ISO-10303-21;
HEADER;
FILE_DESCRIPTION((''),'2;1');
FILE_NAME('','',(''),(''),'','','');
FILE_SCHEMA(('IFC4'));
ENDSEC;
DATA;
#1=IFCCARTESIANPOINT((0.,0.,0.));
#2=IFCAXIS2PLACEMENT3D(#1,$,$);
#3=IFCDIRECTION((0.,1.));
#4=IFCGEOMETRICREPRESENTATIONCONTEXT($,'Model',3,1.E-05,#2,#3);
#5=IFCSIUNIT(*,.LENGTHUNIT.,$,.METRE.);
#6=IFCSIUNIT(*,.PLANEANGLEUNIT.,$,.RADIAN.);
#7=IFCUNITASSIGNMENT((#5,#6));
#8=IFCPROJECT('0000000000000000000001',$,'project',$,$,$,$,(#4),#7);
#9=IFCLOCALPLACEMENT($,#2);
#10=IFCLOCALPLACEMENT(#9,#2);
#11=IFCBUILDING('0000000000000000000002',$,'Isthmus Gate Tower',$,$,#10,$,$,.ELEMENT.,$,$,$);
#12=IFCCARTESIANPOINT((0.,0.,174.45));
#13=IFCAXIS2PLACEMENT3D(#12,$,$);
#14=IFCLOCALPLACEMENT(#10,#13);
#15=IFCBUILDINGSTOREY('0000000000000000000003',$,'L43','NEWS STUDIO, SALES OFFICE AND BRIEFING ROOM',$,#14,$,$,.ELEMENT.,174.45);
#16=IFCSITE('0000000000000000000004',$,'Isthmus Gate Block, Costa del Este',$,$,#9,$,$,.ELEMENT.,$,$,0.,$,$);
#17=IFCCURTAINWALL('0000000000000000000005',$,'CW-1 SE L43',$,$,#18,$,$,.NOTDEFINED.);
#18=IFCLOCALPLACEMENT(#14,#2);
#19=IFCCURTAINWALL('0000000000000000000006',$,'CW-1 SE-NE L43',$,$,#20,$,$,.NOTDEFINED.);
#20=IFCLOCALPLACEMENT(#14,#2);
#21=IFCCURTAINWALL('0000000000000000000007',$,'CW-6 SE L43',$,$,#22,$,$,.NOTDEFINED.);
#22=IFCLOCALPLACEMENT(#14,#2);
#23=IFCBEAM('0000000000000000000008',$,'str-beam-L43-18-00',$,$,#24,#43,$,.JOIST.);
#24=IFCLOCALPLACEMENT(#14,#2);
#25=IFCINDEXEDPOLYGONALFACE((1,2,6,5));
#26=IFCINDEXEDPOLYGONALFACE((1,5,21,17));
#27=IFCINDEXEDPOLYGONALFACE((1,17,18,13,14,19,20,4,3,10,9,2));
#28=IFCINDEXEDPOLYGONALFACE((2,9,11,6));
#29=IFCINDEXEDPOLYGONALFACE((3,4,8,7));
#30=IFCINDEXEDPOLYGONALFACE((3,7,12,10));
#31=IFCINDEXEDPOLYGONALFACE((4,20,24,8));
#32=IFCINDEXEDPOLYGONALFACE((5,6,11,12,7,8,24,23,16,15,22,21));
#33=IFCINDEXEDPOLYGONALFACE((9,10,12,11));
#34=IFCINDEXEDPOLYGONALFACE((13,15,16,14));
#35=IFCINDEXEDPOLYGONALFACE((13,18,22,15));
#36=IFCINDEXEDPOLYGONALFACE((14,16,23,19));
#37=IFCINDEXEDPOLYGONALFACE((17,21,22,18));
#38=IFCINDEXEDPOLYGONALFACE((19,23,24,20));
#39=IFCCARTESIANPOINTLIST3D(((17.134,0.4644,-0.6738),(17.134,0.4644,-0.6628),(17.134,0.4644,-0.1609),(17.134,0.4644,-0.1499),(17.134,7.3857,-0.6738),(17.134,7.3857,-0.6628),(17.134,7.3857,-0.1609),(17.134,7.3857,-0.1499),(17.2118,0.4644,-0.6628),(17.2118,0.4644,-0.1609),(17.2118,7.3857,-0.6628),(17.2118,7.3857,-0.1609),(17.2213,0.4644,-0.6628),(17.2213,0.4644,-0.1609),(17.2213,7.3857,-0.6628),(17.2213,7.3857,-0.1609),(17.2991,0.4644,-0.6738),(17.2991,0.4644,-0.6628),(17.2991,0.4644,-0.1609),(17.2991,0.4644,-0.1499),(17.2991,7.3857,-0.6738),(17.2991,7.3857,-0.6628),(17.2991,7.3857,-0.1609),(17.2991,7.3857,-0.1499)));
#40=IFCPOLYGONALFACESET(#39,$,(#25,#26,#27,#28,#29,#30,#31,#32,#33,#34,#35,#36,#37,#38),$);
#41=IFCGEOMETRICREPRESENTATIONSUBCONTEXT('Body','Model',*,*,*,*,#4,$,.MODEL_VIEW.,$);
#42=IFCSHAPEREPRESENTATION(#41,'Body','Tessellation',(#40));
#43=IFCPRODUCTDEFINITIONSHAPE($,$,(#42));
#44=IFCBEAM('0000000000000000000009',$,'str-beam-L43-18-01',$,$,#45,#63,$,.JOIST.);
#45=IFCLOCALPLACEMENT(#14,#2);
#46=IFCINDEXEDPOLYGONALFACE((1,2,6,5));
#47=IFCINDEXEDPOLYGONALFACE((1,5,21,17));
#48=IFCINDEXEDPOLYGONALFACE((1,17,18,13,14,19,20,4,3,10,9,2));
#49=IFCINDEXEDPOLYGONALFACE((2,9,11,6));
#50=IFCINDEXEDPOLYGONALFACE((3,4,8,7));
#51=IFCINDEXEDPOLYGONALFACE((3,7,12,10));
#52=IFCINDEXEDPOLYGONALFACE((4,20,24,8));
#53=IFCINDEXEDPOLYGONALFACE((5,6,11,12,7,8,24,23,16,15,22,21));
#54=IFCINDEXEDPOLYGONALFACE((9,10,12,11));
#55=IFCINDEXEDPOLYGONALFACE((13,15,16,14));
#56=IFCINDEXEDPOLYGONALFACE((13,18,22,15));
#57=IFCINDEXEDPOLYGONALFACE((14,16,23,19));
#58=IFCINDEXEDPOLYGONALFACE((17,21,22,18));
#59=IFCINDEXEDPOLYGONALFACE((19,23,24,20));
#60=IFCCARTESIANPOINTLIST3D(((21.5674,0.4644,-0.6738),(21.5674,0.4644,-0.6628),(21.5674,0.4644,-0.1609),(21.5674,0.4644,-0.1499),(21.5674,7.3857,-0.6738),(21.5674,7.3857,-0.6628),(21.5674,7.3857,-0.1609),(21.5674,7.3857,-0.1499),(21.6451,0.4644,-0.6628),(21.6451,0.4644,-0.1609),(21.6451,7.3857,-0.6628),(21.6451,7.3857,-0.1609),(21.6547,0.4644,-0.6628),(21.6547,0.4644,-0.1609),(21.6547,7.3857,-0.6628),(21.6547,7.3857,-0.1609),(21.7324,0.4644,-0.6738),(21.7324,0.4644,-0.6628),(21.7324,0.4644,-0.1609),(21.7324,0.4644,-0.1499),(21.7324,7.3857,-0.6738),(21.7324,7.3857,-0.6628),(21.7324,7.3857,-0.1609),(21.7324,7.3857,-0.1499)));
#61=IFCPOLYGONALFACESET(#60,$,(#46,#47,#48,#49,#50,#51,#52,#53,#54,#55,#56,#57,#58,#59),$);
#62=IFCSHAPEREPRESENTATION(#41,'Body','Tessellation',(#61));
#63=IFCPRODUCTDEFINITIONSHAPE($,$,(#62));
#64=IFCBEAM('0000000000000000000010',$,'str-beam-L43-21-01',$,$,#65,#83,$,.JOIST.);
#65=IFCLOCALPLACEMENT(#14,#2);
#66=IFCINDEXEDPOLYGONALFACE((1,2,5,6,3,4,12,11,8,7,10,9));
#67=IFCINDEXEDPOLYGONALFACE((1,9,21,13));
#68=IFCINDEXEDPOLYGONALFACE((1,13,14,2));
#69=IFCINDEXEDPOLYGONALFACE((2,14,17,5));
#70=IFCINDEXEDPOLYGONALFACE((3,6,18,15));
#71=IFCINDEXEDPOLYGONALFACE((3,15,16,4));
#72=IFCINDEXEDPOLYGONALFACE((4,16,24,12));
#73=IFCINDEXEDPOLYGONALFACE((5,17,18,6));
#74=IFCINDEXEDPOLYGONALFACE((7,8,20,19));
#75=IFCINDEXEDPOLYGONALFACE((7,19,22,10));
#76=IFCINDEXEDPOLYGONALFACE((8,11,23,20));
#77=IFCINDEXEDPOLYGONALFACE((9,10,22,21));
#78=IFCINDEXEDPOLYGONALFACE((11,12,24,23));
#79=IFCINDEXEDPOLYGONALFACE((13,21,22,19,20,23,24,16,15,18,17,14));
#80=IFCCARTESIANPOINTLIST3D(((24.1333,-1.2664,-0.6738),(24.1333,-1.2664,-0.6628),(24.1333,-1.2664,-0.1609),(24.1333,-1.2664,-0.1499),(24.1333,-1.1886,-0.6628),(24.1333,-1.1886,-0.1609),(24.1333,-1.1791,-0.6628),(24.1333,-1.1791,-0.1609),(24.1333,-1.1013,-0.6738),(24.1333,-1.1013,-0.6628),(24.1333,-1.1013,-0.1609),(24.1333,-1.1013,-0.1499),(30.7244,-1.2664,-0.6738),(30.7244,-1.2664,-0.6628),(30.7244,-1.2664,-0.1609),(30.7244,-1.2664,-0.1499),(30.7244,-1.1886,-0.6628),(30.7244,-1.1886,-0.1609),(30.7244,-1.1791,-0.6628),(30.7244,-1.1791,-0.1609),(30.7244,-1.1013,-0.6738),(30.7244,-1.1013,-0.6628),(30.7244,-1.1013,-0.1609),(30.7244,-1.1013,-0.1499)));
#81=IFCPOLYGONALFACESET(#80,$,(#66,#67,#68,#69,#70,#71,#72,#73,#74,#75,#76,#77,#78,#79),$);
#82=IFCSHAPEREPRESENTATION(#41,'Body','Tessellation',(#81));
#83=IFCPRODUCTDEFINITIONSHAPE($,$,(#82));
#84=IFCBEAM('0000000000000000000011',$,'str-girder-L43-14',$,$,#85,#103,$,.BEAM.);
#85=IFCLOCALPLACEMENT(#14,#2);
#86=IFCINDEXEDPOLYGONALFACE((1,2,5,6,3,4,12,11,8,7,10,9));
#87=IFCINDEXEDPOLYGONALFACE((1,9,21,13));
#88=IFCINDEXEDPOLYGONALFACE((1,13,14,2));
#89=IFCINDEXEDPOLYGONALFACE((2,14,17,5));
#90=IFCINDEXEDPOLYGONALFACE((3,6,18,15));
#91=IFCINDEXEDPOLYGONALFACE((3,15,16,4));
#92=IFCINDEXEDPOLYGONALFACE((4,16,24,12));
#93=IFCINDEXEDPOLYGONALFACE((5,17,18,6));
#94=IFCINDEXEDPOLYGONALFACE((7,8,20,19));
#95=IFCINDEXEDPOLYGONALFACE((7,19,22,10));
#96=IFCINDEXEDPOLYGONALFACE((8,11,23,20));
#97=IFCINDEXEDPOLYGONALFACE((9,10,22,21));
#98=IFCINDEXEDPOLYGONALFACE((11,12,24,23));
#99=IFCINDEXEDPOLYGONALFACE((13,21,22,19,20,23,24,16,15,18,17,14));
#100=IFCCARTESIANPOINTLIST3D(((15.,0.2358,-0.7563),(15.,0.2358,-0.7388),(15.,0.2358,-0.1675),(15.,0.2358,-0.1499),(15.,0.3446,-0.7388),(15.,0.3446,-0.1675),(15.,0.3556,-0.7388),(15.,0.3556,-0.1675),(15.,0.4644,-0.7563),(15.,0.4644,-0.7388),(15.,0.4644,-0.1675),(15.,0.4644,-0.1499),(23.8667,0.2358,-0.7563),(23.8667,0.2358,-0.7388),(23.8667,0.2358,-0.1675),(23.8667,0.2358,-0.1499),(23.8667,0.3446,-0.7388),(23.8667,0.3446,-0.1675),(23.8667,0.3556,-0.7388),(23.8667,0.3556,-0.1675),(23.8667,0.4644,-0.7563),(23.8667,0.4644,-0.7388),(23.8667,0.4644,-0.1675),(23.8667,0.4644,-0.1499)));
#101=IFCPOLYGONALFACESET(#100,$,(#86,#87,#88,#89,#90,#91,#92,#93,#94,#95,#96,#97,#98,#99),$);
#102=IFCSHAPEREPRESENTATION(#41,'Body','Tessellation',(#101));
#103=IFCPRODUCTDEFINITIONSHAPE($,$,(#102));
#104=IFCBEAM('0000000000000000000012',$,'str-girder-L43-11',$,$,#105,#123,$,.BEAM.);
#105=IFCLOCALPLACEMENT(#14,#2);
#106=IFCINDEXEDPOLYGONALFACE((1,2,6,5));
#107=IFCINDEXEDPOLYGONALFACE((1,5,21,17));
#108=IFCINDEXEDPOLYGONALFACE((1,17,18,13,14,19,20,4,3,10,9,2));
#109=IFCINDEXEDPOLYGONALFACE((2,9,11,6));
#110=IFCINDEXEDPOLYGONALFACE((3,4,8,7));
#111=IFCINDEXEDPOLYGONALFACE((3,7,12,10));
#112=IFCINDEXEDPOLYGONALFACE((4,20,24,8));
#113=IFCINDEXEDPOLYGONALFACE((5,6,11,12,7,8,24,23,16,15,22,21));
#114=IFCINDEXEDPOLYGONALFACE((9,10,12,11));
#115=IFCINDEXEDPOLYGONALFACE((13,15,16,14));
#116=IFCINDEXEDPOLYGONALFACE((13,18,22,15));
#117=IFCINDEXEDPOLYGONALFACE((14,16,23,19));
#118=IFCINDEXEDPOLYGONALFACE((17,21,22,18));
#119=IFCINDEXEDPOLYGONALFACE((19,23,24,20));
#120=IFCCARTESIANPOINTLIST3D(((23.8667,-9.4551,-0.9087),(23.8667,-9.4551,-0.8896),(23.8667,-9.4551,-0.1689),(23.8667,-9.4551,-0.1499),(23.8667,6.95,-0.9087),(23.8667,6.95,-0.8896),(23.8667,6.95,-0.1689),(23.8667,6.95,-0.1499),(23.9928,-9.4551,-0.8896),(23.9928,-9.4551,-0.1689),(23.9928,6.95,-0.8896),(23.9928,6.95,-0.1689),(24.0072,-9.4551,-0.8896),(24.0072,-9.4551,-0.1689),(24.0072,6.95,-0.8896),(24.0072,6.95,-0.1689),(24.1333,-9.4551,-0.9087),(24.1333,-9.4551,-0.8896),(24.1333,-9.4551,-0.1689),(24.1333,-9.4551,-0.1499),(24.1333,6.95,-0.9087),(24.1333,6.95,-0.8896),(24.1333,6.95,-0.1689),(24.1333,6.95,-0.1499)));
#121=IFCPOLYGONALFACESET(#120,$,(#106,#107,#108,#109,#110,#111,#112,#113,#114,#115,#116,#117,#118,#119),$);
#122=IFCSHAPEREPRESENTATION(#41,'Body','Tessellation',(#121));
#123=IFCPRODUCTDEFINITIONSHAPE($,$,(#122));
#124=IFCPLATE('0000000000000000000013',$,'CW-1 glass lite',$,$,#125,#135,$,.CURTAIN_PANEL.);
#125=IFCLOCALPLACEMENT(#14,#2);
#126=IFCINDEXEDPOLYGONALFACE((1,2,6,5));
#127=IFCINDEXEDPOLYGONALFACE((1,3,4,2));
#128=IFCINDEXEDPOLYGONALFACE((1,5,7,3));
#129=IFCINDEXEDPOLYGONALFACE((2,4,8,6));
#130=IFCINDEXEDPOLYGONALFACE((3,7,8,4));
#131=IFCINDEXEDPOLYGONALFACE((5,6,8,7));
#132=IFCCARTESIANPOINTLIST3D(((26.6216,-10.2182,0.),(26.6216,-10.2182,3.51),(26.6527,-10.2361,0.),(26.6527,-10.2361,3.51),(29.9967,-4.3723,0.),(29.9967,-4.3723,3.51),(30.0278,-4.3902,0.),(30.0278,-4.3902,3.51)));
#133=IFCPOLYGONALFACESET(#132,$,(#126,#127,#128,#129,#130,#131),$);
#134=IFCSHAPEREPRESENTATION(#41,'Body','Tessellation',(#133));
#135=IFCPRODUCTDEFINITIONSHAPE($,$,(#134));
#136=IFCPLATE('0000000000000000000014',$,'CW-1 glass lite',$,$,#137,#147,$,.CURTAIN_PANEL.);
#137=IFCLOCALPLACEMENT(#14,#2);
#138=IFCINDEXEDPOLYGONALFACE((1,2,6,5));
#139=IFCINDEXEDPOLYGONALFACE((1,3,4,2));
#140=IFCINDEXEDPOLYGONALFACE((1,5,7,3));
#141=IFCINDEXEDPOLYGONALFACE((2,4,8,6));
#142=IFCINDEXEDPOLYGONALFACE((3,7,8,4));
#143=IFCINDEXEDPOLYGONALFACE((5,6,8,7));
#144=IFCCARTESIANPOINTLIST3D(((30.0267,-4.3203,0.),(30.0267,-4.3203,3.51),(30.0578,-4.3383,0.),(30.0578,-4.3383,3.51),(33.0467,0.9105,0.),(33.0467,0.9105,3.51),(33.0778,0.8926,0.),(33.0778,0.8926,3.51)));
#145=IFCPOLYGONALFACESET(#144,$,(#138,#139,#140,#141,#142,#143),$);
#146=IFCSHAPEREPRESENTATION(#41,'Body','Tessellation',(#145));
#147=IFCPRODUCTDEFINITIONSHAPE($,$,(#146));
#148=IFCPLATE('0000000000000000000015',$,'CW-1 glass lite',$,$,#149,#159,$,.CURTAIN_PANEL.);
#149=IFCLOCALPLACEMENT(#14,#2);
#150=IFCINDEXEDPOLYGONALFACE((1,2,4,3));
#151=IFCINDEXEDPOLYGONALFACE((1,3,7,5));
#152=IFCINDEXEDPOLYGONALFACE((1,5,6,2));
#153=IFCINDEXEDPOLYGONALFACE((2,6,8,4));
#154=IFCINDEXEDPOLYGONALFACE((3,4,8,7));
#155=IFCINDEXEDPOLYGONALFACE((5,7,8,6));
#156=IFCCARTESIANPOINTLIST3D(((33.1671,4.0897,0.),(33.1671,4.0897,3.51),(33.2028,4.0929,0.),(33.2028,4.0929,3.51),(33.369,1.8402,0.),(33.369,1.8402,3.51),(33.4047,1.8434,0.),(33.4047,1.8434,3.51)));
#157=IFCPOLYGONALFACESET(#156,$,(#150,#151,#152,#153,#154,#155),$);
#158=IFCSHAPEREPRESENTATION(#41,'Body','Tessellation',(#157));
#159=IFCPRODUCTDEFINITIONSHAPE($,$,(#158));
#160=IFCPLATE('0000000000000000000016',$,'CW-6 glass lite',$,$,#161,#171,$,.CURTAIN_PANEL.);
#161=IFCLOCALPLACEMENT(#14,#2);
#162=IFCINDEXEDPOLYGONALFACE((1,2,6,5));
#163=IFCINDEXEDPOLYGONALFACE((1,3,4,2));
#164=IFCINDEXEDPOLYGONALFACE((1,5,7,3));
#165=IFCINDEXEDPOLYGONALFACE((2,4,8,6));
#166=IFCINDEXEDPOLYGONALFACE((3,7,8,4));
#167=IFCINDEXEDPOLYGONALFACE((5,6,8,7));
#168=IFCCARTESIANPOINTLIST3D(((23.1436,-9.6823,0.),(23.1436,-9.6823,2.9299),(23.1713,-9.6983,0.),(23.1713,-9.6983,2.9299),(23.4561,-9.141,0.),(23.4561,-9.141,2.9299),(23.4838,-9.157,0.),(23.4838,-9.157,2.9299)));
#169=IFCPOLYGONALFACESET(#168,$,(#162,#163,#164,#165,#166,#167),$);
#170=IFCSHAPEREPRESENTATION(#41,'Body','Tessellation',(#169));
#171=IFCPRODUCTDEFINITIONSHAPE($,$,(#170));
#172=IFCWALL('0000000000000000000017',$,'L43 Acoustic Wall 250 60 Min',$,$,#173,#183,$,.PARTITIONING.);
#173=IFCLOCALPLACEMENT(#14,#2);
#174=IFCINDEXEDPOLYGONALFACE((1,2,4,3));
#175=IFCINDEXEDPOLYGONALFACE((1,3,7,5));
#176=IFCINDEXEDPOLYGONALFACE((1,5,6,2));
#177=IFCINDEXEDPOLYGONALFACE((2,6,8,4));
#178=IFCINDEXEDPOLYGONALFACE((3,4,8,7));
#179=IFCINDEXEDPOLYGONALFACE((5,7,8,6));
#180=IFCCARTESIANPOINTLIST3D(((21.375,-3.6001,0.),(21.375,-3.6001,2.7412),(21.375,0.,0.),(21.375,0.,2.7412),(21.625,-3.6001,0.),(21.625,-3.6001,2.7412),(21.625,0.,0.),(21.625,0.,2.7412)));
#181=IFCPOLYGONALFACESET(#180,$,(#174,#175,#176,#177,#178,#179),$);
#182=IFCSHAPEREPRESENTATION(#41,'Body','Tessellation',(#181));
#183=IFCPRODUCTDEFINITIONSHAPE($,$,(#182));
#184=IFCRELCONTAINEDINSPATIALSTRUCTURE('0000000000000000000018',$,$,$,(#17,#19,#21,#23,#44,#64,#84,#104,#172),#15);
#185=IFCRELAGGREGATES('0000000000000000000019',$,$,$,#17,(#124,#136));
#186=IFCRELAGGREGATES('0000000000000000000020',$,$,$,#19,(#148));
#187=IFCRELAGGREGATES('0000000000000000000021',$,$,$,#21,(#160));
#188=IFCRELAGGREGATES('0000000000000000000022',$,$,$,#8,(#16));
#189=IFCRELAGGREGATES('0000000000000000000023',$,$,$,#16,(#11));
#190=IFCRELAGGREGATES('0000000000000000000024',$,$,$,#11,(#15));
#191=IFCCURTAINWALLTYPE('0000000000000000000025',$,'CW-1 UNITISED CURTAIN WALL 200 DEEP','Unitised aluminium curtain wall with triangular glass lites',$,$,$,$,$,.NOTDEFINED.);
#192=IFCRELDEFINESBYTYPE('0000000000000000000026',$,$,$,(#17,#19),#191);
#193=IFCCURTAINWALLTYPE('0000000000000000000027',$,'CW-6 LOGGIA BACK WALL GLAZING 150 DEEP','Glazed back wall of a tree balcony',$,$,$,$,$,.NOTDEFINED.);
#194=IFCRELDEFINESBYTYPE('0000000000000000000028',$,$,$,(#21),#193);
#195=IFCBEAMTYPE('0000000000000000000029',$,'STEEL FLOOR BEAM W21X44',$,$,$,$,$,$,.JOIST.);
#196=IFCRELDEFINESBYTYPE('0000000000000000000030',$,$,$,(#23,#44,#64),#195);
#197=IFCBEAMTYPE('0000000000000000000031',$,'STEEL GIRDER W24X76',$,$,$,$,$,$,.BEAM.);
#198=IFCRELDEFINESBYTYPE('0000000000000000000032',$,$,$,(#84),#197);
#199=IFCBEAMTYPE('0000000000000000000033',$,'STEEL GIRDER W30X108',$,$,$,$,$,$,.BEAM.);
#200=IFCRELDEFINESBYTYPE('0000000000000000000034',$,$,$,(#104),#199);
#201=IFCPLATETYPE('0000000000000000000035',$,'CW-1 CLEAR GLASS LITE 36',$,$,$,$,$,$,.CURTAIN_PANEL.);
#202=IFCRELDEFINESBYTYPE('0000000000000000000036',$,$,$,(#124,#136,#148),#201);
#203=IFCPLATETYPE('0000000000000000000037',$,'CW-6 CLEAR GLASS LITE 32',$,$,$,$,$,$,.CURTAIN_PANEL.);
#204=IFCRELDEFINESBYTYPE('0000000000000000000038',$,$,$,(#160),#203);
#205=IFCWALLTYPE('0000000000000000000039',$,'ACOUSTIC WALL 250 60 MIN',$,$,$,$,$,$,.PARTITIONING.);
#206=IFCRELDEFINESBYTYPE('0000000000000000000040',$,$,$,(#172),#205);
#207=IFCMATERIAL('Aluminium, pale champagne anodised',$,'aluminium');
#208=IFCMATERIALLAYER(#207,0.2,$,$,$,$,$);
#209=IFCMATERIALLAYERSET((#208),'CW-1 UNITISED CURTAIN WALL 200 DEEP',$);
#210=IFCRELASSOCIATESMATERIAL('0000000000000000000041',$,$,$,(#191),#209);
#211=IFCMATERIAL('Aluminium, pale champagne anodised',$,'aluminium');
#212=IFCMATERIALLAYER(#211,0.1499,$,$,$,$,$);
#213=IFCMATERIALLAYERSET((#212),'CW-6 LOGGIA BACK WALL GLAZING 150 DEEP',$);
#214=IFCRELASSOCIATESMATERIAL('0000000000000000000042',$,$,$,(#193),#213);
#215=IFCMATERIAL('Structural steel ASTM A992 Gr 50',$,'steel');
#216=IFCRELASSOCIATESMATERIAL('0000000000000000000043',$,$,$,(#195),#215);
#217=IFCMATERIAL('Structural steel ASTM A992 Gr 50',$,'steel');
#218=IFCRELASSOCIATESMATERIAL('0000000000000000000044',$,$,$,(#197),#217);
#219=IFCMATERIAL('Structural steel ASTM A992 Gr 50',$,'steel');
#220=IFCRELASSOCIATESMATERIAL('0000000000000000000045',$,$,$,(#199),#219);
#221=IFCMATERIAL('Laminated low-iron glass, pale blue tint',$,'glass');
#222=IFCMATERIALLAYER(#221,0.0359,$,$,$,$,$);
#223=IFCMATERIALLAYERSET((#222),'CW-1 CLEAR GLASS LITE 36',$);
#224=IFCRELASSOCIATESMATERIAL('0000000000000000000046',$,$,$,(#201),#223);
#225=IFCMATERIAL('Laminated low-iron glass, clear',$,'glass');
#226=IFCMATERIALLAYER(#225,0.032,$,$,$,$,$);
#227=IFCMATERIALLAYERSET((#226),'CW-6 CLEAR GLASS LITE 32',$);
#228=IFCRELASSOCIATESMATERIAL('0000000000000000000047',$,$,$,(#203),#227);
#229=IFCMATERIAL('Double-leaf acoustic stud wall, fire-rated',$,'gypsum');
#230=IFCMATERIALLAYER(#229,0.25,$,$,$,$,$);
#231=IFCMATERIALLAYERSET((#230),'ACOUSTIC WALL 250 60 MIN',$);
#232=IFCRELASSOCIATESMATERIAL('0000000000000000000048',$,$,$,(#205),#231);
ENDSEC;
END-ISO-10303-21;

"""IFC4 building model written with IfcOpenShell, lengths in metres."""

from ifc_helpers import new_model, si_unit, direction, frame, frame_2d, origin, origin_2d, place, context, subcontext, project, spatial, rectangle, i_section, extrude, material, layer, layer_set, material_profile, profile_set, type_object, element, aggregate, save


model = new_model("IFC4")

# Units and contexts
model_context = context("Model", 3, precision=1e-05, world=origin(), true_north=direction((0.0, 1.0)))
body_context = subcontext(model_context, "Body", "Model", "MODEL_VIEW")
ifc_project = project(units=[si_unit("LENGTHUNIT", "METRE"), si_unit("PLANEANGLEUNIT", "RADIAN")], contexts=[model_context])

# Site, building, storey
site_placement = place(None, origin())
site = spatial("IfcSite", under=ifc_project, at=site_placement, Name="Isthmus Gate Block, Costa del Este", CompositionType="ELEMENT", RefElevation=0.0)
building_placement = place(site_placement, origin())
building = spatial("IfcBuilding", under=site, at=building_placement, Name="Isthmus Gate Tower", CompositionType="ELEMENT")
storey_placement = place(building_placement, frame((0.0, 0.0, 174.45)))
storey = spatial("IfcBuildingStorey", under=building, at=storey_placement, Name="L43", Description="NEWS STUDIO, SALES OFFICE AND BRIEFING ROOM", CompositionType="ELEMENT", Elevation=174.45)

# Curtain walls
ifc_material_1 = material(Name="Aluminium, pale champagne anodised", Category="aluminium")
ifc_layer_1 = layer(ifc_material_1, 0.2)
ifc_layer_set_1 = layer_set([ifc_layer_1], Name="CW-1 UNITISED CURTAIN WALL 200 DEEP")
curtain_wall_type_1 = type_object("IfcCurtainWallType", Name="CW-1 UNITISED CURTAIN WALL 200 DEEP", Description="Unitised aluminium curtain wall with triangular glass lites", PredefinedType="NOTDEFINED", material=ifc_layer_set_1)
curtain_wall_1_placement = place(storey_placement, origin())
curtain_wall_1 = element("IfcCurtainWall", 1, at=curtain_wall_1_placement, inside=storey, type_object=curtain_wall_type_1, Name="CW-1 SE L43", PredefinedType="NOTDEFINED")
curtain_wall_2_placement = place(storey_placement, origin())
curtain_wall_2 = element("IfcCurtainWall", 2, at=curtain_wall_2_placement, inside=storey, type_object=curtain_wall_type_1, Name="CW-1 SE-NE L43", PredefinedType="NOTDEFINED")

# Curtain wall
ifc_material_2 = material(Name="Aluminium, pale champagne anodised", Category="aluminium")
ifc_layer_2 = layer(ifc_material_2, 0.1499)
ifc_layer_set_2 = layer_set([ifc_layer_2], Name="CW-6 LOGGIA BACK WALL GLAZING 150 DEEP")
curtain_wall_type_2 = type_object("IfcCurtainWallType", Name="CW-6 LOGGIA BACK WALL GLAZING 150 DEEP", Description="Glazed back wall of a tree balcony", PredefinedType="NOTDEFINED", material=ifc_layer_set_2)
curtain_wall_3_placement = place(storey_placement, origin())
curtain_wall_3 = element("IfcCurtainWall", 3, at=curtain_wall_3_placement, inside=storey, type_object=curtain_wall_type_2, Name="CW-6 SE L43", PredefinedType="NOTDEFINED")

# Beams
ifc_material_3 = material(Name="Structural steel ASTM A992 Gr 50", Category="steel")
ifc_material_profile_1 = material_profile(ifc_material_3, i_section(OverallWidth=0.165, OverallDepth=0.5239, WebThickness=0.0095, FlangeThickness=0.011, at=origin_2d()), Name="W21X44")
ifc_profile_set_1 = profile_set([ifc_material_profile_1], Name="Structural steel ASTM A992 Gr 50")
beam_type_1 = type_object("IfcBeamType", Name="STEEL FLOOR BEAM W21X44", PredefinedType="JOIST", material=ifc_profile_set_1)
for number, where, z_axis, x_axis, name in (
    (4, (17.2166, 0.4644, -0.4119), (0.0, 1.0, 0.0), (-1.0, 0.0, 0.0), "str-beam-L43-18-00"),
    (5, (21.6499, 0.4644, -0.4119), (0.0, 1.0, 0.0), (-1.0, 0.0, 0.0), "str-beam-L43-18-01"),
):
    element("IfcBeam", number, at=place(storey_placement, frame(where, z_axis=z_axis, x_axis=x_axis)), inside=storey, type_object=beam_type_1, Name=name, PredefinedType="JOIST", context=body_context, shape_type="SweptSolid", body=[
        extrude(i_section(OverallWidth=0.165, OverallDepth=0.5239, WebThickness=0.0095, FlangeThickness=0.011, at=origin_2d()), origin(), (0.0, 0.0, 1.0), 6.9214),
    ])
beam_1_placement = place(storey_placement, frame((24.1333, -1.1838, -0.4119), z_axis=(1.0, 0.0, 0.0), x_axis=(0.0, 1.0, 0.0)))
element("IfcBeam", 6, at=beam_1_placement, inside=storey, type_object=beam_type_1, Name="str-beam-L43-21-01", PredefinedType="JOIST", context=body_context, shape_type="SweptSolid", body=[
    extrude(i_section(OverallWidth=0.165, OverallDepth=0.5239, WebThickness=0.0095, FlangeThickness=0.011, at=origin_2d()), origin(), (0.0, 0.0, 1.0), 6.5911),
])
ifc_material_4 = material(Name="Structural steel ASTM A992 Gr 50", Category="steel")
ifc_material_profile_2 = material_profile(ifc_material_4, i_section(OverallWidth=0.2285, OverallDepth=0.6064, WebThickness=0.011, FlangeThickness=0.0176, at=origin_2d()), Name="W24X76")
ifc_profile_set_2 = profile_set([ifc_material_profile_2], Name="Structural steel ASTM A992 Gr 50")
beam_type_2 = type_object("IfcBeamType", Name="STEEL GIRDER W24X76", PredefinedType="BEAM", material=ifc_profile_set_2)
beam_2_placement = place(storey_placement, frame((15.0, 0.3501, -0.4531), z_axis=(1.0, 0.0, 0.0), x_axis=(0.0, 1.0, 0.0)))
element("IfcBeam", 7, at=beam_2_placement, inside=storey, type_object=beam_type_2, Name="str-girder-L43-14", PredefinedType="BEAM", context=body_context, shape_type="SweptSolid", body=[
    extrude(i_section(OverallWidth=0.2285, OverallDepth=0.6064, WebThickness=0.011, FlangeThickness=0.0176, at=origin_2d()), origin(), (0.0, 0.0, 1.0), 8.8667),
])
ifc_material_5 = material(Name="Structural steel ASTM A992 Gr 50", Category="steel")
ifc_material_profile_3 = material_profile(ifc_material_5, i_section(OverallWidth=0.2666, OverallDepth=0.7588, WebThickness=0.0144, FlangeThickness=0.019, at=origin_2d()), Name="W30X108")
ifc_profile_set_3 = profile_set([ifc_material_profile_3], Name="Structural steel ASTM A992 Gr 50")
beam_type_3 = type_object("IfcBeamType", Name="STEEL GIRDER W30X108", PredefinedType="BEAM", material=ifc_profile_set_3)
beam_3_placement = place(storey_placement, frame((24.0, -9.4551, -0.5293), z_axis=(0.0, 1.0, 0.0), x_axis=(-1.0, 0.0, 0.0)))
element("IfcBeam", 8, at=beam_3_placement, inside=storey, type_object=beam_type_3, Name="str-girder-L43-11", PredefinedType="BEAM", context=body_context, shape_type="SweptSolid", body=[
    extrude(i_section(OverallWidth=0.2666, OverallDepth=0.7588, WebThickness=0.0144, FlangeThickness=0.019, at=origin_2d()), origin(), (0.0, 0.0, 1.0), 16.405),
])

# Plates
ifc_material_6 = material(Name="Laminated low-iron glass, pale blue tint", Category="glass")
ifc_layer_3 = layer(ifc_material_6, 0.0359)
ifc_layer_set_3 = layer_set([ifc_layer_3], Name="CW-1 CLEAR GLASS LITE 36")
plate_type_1 = type_object("IfcPlateType", Name="CW-1 CLEAR GLASS LITE 36", PredefinedType="CURTAIN_PANEL", material=ifc_layer_set_3)
plate_1_placement = place(storey_placement, frame((28.3247, -7.3042, 0.0), z_axis=(0.0, 0.0, 1.0), x_axis=(0.5, 0.866025, 0.0)))
plate_1 = element("IfcPlate", 9, at=plate_1_placement, type_object=plate_type_1, Name="CW-1 glass lite", PredefinedType="CURTAIN_PANEL", context=body_context, shape_type="SweptSolid", body=[
    extrude(rectangle(XDim=6.7502, YDim=0.0359, at=origin_2d()), origin(), (0.0, 0.0, 1.0), 3.51),
])
plate_2_placement = place(storey_placement, frame((31.5522, -1.7139, 0.0), z_axis=(0.0, 0.0, 1.0), x_axis=(0.5, 0.866025, 0.0)))
plate_2 = element("IfcPlate", 10, at=plate_2_placement, type_object=plate_type_1, Name="CW-1 glass lite", PredefinedType="CURTAIN_PANEL", context=body_context, shape_type="SweptSolid", body=[
    extrude(rectangle(XDim=6.04, YDim=0.0359, at=origin_2d()), origin(), (0.0, 0.0, 1.0), 3.51),
])
aggregate(curtain_wall_1, [plate_1, plate_2])
plate_3_placement = place(storey_placement, frame((33.2859, 2.9666, 0.0), z_axis=(0.0, 0.0, 1.0), x_axis=(-0.089397, 0.995996, 0.0)))
plate_3 = element("IfcPlate", 11, at=plate_3_placement, type_object=plate_type_1, Name="CW-1 glass lite", PredefinedType="CURTAIN_PANEL", context=body_context, shape_type="SweptSolid", body=[
    extrude(rectangle(XDim=2.2585, YDim=0.0359, at=origin_2d()), origin(), (0.0, 0.0, 1.0), 3.51),
])
aggregate(curtain_wall_2, [plate_3])
ifc_material_7 = material(Name="Laminated low-iron glass, clear", Category="glass")
ifc_layer_4 = layer(ifc_material_7, 0.032)
ifc_layer_set_4 = layer_set([ifc_layer_4], Name="CW-6 CLEAR GLASS LITE 32")
plate_type_2 = type_object("IfcPlateType", Name="CW-6 CLEAR GLASS LITE 32", PredefinedType="CURTAIN_PANEL", material=ifc_layer_set_4)
plate_4_placement = place(storey_placement, frame((23.3137, -9.4197, 0.0), z_axis=(0.0, 0.0, 1.0), x_axis=(0.5, 0.866025, 0.0)))
plate_4 = element("IfcPlate", 12, at=plate_4_placement, type_object=plate_type_2, Name="CW-6 glass lite", PredefinedType="CURTAIN_PANEL", context=body_context, shape_type="SweptSolid", body=[
    extrude(rectangle(XDim=0.625, YDim=0.032, at=origin_2d()), origin(), (0.0, 0.0, 1.0), 2.9299),
])
aggregate(curtain_wall_3, [plate_4])

# Wall
ifc_material_8 = material(Name="Double-leaf acoustic stud wall, fire-rated", Category="gypsum")
ifc_layer_5 = layer(ifc_material_8, 0.25)
ifc_layer_set_5 = layer_set([ifc_layer_5], Name="ACOUSTIC WALL 250 60 MIN")
wall_type_1 = type_object("IfcWallType", Name="ACOUSTIC WALL 250 60 MIN", PredefinedType="PARTITIONING", material=ifc_layer_set_5)
wall_1_placement = place(storey_placement, frame((21.5, 0.0, 0.0), z_axis=(0.0, 0.0, 1.0), x_axis=(0.0, -1.0, 0.0)))
element("IfcWall", 13, at=wall_1_placement, inside=storey, type_object=wall_type_1, Name="L43 Acoustic Wall 250 60 Min", PredefinedType="PARTITIONING", context=body_context, shape_type="SweptSolid", body=[
    extrude(rectangle(XDim=3.6001, YDim=0.25, at=frame_2d((1.8, 0.0))), origin(), (0.0, 0.0, 1.0), 2.7412),
])

save(model, "model.ifc")
